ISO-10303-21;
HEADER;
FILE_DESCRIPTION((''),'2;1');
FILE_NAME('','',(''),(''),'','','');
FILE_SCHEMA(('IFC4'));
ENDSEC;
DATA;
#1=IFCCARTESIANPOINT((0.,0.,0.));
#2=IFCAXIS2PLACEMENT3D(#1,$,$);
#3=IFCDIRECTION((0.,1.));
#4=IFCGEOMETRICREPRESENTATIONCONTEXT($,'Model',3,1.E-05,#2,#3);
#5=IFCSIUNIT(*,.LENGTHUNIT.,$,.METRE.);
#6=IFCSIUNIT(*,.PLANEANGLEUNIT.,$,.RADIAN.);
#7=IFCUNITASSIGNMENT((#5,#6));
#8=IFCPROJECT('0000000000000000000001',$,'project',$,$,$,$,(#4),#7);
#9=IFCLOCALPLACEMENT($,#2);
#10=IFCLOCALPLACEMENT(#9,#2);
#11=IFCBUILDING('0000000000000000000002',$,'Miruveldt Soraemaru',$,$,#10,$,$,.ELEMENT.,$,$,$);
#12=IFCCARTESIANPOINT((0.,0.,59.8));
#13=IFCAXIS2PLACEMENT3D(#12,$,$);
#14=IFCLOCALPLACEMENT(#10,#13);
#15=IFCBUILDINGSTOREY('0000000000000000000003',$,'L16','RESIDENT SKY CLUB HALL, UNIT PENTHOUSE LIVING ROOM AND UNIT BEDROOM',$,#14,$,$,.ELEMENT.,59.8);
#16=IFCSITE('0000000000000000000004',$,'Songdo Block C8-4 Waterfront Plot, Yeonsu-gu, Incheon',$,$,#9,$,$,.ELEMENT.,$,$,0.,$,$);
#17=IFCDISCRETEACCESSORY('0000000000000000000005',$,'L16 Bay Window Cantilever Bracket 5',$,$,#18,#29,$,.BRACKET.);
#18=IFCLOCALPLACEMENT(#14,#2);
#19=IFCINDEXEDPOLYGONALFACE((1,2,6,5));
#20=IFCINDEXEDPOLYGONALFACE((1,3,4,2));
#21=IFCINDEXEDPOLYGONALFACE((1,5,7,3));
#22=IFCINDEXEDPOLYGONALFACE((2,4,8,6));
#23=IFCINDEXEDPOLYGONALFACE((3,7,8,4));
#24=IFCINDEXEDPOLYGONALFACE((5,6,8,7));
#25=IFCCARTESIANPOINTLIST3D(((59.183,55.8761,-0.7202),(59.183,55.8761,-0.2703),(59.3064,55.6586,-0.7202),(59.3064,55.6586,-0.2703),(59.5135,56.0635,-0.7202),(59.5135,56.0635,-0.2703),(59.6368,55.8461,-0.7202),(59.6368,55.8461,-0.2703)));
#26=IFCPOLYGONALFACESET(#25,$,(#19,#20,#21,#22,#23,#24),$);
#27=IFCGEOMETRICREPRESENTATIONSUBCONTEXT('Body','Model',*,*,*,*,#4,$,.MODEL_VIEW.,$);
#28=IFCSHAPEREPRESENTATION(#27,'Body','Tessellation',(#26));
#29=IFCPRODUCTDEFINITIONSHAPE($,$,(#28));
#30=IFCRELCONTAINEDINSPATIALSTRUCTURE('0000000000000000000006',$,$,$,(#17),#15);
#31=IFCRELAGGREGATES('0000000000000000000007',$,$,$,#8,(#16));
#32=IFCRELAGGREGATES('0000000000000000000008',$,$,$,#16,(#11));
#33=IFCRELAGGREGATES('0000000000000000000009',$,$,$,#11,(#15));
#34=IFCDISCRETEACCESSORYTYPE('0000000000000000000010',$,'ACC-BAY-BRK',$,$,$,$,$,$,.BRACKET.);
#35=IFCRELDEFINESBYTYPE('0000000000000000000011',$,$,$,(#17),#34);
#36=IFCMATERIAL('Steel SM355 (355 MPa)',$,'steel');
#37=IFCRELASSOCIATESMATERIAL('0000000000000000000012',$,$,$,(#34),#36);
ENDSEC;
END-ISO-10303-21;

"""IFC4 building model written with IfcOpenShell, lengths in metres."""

from ifc_helpers import new_model, si_unit, direction, frame, origin, origin_2d, place, context, subcontext, project, spatial, rectangle, extrude, material, type_object, element, save


model = new_model("IFC4")

# Units and contexts
model_context = context("Model", 3, precision=1e-05, world=origin(), true_north=direction((0.0, 1.0)))
body_context = subcontext(model_context, "Body", "Model", "MODEL_VIEW")
ifc_project = project(units=[si_unit("LENGTHUNIT", "METRE"), si_unit("PLANEANGLEUNIT", "RADIAN")], contexts=[model_context])

# Site, building, storey
site_placement = place(None, origin())
site = spatial("IfcSite", under=ifc_project, at=site_placement, Name="Songdo Block C8-4 Waterfront Plot, Yeonsu-gu, Incheon", CompositionType="ELEMENT", RefElevation=0.0)
building_placement = place(site_placement, origin())
building = spatial("IfcBuilding", under=site, at=building_placement, Name="Miruveldt Soraemaru", CompositionType="ELEMENT")
storey_placement = place(building_placement, frame((0.0, 0.0, 59.8)))
storey = spatial("IfcBuildingStorey", under=building, at=storey_placement, Name="L16", Description="RESIDENT SKY CLUB HALL, UNIT PENTHOUSE LIVING ROOM AND UNIT BEDROOM", CompositionType="ELEMENT", Elevation=59.8)

# Shared definitions
ifc_material_1 = material(Name="Steel SM355 (355 MPa)", Category="steel")

# Discrete accessory
discrete_accessory_type = type_object("IfcDiscreteAccessoryType", Name="ACC-BAY-BRK", PredefinedType="BRACKET", material=ifc_material_1)
discrete_accessory_placement = place(storey_placement, frame((59.4099, 55.8611, -0.7202), z_axis=(0.0, 0.0, 1.0), x_axis=(0.869831, 0.49335, 0.0)))
element("IfcDiscreteAccessory", 1, at=discrete_accessory_placement, inside=storey, type_object=discrete_accessory_type, Name="L16 Bay Window Cantilever Bracket 5", PredefinedType="BRACKET", context=body_context, shape_type="SweptSolid", body=[
    extrude(rectangle(XDim=0.3799, YDim=0.25, at=origin_2d()), origin(), (0.0, 0.0, 1.0), 0.45),
])

save(model, "model.ifc")
